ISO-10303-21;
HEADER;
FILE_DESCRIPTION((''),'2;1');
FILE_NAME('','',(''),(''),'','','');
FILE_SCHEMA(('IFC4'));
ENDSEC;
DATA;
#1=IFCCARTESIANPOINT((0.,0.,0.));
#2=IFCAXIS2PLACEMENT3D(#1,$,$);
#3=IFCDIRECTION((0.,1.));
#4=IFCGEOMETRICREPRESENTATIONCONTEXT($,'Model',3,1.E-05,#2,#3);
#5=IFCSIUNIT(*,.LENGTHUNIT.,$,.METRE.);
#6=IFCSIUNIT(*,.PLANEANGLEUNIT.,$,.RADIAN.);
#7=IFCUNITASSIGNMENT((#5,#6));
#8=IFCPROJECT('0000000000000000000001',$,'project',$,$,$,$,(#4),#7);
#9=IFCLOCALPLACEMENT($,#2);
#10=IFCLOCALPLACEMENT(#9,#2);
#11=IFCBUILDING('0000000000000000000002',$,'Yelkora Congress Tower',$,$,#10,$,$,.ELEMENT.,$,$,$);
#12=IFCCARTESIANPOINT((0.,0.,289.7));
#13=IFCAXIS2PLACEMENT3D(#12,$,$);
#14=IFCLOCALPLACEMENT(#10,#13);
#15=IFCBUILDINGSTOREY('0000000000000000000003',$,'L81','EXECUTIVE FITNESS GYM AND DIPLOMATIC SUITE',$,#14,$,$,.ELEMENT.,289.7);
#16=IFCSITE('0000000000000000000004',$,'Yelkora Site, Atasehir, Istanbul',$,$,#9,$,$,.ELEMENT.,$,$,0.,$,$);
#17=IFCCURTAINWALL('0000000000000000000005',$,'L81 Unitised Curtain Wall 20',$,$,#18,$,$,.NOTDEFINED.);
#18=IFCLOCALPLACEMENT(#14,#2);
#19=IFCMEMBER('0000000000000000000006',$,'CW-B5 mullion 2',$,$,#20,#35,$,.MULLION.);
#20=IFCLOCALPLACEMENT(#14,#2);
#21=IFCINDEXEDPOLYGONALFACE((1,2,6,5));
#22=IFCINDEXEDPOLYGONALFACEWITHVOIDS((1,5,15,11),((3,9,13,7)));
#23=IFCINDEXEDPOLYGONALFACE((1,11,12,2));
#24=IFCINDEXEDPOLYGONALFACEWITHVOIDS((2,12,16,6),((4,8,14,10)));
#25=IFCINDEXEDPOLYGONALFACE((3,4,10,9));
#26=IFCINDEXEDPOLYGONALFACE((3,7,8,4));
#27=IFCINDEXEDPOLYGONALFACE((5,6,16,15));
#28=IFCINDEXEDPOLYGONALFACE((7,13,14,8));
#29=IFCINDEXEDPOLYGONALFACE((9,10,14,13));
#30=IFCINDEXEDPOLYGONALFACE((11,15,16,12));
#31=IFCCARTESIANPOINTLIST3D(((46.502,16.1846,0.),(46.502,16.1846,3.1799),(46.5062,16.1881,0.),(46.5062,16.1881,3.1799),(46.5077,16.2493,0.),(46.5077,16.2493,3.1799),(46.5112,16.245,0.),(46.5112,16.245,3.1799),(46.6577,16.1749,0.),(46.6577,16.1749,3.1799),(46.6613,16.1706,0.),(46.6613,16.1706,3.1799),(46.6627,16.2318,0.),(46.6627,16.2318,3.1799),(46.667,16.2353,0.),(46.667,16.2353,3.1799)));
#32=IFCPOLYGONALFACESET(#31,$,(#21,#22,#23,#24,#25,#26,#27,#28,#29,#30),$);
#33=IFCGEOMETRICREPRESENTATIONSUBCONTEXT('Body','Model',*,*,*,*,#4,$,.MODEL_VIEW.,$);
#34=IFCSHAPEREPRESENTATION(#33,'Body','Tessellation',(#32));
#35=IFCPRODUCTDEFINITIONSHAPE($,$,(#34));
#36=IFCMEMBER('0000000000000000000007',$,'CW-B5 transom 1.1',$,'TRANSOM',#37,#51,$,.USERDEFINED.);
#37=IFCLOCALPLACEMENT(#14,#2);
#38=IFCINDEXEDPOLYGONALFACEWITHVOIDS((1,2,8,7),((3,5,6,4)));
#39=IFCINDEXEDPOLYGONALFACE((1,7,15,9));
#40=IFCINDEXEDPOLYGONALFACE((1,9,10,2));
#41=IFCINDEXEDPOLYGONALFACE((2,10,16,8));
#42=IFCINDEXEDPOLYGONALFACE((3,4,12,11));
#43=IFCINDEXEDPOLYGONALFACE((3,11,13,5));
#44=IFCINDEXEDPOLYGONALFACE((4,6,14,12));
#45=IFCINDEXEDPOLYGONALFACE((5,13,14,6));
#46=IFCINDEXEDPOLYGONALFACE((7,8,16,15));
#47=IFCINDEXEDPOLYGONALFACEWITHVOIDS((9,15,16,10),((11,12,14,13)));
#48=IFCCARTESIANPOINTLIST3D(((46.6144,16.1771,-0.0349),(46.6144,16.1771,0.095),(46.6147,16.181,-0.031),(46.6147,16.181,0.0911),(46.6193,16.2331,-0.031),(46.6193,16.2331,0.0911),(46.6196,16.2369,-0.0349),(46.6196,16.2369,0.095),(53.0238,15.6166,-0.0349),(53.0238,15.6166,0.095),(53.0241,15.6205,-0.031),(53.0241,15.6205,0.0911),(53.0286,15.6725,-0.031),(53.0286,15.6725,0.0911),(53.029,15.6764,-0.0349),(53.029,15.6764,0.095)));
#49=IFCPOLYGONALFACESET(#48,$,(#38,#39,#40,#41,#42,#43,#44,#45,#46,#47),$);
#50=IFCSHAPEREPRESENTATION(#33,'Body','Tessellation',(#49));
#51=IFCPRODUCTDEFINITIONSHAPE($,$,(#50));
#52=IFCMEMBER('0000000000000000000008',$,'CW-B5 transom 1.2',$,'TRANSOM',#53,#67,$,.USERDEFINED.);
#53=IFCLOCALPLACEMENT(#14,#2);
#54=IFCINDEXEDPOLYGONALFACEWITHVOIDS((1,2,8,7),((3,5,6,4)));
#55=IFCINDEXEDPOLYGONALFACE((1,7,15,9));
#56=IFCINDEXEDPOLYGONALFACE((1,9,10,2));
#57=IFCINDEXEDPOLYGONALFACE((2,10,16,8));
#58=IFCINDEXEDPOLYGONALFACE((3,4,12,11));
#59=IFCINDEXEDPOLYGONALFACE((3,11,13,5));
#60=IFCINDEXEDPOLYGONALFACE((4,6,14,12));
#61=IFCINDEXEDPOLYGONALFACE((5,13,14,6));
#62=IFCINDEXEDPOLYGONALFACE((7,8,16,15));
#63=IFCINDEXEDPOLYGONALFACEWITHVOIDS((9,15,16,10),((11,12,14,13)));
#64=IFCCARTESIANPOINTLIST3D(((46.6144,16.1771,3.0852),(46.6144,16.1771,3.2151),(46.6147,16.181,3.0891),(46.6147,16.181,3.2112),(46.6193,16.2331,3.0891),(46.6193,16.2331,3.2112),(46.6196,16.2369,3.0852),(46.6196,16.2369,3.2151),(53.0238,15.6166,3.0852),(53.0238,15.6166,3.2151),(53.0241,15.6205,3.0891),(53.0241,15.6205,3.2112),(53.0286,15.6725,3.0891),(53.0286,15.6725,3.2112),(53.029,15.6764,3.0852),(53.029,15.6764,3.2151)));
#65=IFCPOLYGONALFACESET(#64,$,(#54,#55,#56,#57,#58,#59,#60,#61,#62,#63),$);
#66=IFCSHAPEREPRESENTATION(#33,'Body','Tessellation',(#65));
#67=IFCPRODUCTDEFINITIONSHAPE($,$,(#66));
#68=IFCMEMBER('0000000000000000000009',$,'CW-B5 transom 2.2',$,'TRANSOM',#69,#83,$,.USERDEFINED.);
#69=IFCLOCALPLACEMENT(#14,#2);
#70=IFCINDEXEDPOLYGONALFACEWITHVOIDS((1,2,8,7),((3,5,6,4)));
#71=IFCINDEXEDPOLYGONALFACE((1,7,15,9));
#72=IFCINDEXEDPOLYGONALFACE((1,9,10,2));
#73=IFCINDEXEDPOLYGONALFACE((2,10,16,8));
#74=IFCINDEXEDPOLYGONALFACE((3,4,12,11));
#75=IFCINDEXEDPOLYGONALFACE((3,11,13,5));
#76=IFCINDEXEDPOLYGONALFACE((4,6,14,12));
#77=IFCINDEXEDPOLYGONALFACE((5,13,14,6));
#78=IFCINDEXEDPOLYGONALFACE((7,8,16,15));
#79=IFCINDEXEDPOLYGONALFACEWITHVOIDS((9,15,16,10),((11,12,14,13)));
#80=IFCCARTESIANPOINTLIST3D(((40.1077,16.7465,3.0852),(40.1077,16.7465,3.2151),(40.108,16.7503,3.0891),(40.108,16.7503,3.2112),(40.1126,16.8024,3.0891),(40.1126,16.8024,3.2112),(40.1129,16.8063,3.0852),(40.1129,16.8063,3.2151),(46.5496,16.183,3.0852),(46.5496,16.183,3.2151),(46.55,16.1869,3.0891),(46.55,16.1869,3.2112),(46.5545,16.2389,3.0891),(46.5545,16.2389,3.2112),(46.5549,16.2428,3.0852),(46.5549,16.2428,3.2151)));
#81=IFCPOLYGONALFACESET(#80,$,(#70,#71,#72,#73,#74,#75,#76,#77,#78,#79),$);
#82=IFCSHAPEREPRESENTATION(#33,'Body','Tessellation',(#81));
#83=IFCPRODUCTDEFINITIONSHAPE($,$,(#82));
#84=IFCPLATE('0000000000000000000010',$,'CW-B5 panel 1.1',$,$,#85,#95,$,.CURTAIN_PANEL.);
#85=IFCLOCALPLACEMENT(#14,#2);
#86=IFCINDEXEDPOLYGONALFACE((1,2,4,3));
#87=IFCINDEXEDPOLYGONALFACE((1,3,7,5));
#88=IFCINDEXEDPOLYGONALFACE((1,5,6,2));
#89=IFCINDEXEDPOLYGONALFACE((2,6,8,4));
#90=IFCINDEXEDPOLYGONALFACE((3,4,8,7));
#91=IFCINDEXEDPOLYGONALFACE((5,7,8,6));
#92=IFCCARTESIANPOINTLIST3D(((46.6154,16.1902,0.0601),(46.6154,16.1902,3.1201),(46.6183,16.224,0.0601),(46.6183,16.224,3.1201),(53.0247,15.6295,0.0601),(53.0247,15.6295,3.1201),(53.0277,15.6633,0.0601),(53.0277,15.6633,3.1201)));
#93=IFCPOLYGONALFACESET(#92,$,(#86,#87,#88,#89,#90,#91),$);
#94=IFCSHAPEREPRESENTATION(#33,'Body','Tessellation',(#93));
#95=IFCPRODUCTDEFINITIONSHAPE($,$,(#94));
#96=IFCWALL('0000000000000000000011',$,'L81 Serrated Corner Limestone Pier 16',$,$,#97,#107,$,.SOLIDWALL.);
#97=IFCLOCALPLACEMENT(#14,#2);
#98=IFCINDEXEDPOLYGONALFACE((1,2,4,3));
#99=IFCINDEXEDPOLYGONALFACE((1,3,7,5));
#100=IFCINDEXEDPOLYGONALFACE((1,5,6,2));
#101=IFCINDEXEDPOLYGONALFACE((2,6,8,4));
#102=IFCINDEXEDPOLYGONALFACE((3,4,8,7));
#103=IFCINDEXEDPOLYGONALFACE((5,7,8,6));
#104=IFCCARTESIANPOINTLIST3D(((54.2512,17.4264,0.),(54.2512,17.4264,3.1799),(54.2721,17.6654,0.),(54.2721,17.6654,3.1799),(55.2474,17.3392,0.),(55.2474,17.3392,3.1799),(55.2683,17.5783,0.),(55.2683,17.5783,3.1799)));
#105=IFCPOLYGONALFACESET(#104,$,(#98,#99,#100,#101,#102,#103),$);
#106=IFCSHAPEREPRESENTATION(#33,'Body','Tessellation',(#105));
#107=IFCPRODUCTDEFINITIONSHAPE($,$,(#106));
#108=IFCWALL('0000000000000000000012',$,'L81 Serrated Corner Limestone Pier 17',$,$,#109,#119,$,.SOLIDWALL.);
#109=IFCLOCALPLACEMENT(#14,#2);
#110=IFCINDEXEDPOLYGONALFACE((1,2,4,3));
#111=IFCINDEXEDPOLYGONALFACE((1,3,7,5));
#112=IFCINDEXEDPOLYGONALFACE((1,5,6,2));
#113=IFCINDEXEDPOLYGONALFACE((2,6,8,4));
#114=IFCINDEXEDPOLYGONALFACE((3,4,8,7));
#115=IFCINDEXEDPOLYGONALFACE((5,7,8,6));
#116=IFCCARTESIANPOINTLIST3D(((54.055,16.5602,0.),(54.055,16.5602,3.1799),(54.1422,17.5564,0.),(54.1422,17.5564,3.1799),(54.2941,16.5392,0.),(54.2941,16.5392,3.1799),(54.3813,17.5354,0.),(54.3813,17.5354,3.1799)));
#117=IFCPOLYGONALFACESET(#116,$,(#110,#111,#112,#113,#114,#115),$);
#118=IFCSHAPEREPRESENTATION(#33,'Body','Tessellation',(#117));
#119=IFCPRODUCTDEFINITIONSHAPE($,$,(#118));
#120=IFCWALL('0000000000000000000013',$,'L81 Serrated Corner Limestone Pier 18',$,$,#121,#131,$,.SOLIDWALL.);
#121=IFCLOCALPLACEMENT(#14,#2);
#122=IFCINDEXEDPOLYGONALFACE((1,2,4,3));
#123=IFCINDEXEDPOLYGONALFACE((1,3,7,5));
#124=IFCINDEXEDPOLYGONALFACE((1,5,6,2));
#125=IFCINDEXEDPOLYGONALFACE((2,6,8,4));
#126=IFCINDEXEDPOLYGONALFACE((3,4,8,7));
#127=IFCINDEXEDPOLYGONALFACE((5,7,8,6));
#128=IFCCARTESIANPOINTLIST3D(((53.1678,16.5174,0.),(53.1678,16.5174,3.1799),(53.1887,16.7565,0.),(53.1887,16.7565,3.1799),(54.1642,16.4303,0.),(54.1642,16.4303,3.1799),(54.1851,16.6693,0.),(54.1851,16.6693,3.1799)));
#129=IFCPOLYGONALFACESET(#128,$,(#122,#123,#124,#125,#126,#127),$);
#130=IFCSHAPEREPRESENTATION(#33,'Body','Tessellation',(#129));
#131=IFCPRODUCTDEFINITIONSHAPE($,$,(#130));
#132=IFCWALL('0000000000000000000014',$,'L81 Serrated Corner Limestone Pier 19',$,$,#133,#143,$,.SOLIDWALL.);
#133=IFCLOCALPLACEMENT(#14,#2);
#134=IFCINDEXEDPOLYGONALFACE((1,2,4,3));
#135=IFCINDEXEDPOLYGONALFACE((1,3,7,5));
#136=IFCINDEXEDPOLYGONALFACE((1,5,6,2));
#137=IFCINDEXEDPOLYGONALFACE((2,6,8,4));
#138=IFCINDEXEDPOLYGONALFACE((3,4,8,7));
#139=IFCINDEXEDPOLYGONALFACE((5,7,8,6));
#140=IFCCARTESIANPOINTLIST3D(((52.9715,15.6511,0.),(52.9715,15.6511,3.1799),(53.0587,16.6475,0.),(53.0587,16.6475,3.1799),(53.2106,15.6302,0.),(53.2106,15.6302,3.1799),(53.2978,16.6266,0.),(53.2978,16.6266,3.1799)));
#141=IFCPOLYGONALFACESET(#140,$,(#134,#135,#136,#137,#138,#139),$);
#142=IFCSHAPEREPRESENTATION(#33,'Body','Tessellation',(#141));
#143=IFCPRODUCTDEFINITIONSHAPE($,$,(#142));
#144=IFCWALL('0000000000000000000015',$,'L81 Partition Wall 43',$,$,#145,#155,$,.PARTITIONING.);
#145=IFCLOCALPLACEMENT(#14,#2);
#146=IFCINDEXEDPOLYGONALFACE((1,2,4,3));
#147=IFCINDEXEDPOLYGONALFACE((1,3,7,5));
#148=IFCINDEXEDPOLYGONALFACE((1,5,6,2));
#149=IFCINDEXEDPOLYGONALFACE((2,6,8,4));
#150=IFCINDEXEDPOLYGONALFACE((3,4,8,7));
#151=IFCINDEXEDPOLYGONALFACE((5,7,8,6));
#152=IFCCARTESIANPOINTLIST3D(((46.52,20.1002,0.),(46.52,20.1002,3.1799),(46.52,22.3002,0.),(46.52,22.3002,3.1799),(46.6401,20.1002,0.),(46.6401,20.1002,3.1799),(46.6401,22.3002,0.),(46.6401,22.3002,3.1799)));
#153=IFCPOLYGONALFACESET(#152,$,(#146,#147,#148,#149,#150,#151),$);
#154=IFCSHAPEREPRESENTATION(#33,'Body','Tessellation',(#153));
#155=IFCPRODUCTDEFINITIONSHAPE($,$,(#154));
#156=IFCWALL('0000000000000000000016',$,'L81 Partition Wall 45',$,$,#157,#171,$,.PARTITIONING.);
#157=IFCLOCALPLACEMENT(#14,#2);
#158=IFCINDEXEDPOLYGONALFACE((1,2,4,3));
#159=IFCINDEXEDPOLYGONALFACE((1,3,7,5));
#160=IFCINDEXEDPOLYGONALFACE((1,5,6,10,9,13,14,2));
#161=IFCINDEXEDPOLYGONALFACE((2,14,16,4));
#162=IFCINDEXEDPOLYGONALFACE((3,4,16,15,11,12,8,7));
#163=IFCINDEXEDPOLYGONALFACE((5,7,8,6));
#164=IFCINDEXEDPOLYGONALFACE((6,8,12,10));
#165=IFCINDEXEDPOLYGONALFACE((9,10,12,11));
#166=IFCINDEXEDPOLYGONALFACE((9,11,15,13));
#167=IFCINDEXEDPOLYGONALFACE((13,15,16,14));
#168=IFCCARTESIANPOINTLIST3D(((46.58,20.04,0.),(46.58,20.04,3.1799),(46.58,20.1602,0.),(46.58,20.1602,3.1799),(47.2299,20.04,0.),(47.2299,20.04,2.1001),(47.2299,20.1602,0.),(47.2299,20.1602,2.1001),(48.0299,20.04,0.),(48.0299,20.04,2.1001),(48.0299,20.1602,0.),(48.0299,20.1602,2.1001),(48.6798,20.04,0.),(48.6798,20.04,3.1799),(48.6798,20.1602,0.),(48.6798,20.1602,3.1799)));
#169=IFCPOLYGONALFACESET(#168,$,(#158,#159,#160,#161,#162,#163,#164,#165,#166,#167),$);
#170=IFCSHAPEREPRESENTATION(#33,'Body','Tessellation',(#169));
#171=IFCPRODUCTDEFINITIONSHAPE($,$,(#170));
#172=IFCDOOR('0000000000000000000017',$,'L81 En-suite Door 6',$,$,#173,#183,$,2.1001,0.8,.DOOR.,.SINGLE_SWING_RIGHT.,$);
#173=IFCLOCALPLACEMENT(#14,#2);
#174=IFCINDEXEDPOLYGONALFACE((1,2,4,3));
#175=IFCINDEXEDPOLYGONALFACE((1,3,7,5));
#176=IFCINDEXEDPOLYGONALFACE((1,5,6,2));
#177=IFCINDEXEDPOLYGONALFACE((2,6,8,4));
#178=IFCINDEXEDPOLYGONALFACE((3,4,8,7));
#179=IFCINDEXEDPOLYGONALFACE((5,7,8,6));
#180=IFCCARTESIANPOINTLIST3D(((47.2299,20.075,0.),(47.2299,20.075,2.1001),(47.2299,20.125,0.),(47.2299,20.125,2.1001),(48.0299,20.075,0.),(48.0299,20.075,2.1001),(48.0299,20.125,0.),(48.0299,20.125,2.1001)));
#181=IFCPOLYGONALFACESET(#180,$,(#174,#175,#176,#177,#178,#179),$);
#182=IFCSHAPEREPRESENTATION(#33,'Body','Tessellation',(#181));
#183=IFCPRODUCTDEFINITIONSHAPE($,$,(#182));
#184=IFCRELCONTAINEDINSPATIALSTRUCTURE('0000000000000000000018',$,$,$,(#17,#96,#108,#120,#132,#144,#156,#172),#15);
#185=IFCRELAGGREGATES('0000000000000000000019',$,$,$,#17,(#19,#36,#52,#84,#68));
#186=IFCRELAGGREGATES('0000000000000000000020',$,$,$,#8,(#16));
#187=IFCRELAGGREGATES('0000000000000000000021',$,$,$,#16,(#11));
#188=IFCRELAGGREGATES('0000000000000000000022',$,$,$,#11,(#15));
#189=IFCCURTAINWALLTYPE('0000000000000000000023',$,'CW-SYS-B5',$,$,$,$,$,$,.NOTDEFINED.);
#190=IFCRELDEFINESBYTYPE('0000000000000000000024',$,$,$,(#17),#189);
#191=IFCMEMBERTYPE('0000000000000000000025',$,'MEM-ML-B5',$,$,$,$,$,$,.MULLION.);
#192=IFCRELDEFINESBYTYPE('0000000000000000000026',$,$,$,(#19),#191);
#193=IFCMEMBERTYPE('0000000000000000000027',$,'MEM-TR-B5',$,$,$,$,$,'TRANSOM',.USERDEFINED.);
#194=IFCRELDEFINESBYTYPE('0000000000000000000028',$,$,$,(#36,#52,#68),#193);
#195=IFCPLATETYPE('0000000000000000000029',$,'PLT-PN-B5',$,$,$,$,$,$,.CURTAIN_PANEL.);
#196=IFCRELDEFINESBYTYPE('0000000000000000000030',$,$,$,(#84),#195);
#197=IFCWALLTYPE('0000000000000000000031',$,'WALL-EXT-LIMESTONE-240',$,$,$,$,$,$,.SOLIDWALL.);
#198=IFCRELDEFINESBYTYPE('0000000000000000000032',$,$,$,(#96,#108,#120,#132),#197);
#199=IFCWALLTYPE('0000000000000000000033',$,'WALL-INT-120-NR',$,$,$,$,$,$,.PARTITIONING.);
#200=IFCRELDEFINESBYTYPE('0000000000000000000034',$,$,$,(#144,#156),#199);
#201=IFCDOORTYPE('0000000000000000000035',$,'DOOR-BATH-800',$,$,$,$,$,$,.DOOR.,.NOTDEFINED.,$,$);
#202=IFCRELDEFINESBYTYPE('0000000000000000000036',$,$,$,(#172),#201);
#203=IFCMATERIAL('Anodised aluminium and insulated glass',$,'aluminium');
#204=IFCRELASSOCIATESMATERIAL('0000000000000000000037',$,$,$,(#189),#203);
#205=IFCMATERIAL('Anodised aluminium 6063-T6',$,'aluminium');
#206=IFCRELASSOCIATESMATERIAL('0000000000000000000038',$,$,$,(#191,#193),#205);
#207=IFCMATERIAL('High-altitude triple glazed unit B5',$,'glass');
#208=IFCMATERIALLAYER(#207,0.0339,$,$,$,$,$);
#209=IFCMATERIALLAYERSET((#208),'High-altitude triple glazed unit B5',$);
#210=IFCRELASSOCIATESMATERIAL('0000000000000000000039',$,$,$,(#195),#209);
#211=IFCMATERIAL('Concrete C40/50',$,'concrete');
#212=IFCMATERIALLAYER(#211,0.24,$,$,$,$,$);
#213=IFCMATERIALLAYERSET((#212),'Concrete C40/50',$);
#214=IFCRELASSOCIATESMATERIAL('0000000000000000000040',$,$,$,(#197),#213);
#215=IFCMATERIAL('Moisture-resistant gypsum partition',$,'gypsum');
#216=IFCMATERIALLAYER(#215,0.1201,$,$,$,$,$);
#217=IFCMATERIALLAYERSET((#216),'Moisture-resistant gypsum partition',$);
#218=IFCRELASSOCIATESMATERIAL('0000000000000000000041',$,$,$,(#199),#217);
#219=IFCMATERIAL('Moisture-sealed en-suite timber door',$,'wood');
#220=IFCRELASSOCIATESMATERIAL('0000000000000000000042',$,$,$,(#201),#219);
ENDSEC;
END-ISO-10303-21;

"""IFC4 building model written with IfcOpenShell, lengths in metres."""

from ifc_helpers import new_model, si_unit, direction, frame, frame_2d, origin, origin_2d, place, context, subcontext, project, spatial, rectangle, hollow_rectangle, extrude, material, layer, layer_set, material_profile, profile_set, type_object, element, fill, aggregate, save


model = new_model("IFC4")

# Units and contexts
model_context = context("Model", 3, precision=1e-05, world=origin(), true_north=direction((0.0, 1.0)))
body_context = subcontext(model_context, "Body", "Model", "MODEL_VIEW")
ifc_project = project(units=[si_unit("LENGTHUNIT", "METRE"), si_unit("PLANEANGLEUNIT", "RADIAN")], contexts=[model_context])

# Site, building, storey
site_placement = place(None, origin())
site = spatial("IfcSite", under=ifc_project, at=site_placement, Name="Yelkora Site, Atasehir, Istanbul", CompositionType="ELEMENT", RefElevation=0.0)
building_placement = place(site_placement, origin())
building = spatial("IfcBuilding", under=site, at=building_placement, Name="Yelkora Congress Tower", CompositionType="ELEMENT")
storey_placement = place(building_placement, frame((0.0, 0.0, 289.7)))
storey = spatial("IfcBuildingStorey", under=building, at=storey_placement, Name="L81", Description="EXECUTIVE FITNESS GYM AND DIPLOMATIC SUITE", CompositionType="ELEMENT", Elevation=289.7)

# Shared definitions
ifc_material_1 = material(Name="Anodised aluminium and insulated glass", Category="aluminium")
curtain_wall_type = type_object("IfcCurtainWallType", Name="CW-SYS-B5", PredefinedType="NOTDEFINED", material=ifc_material_1)
ifc_material_2 = material(Name="Anodised aluminium 6063-T6", Category="aluminium")
ifc_material_profile_1 = material_profile(ifc_material_2, hollow_rectangle(XDim=0.0649, YDim=0.1599, WallThickness=0.0039, at=origin_2d()), Name="ALU 65x160x4")
ifc_profile_set_1 = profile_set([ifc_material_profile_1], Name="Anodised aluminium 6063-T6")
member_type_1 = type_object("IfcMemberType", Name="MEM-ML-B5", PredefinedType="MULLION", material=ifc_profile_set_1)

# Curtain wall, members, plate
curtain_wall_1_placement = place(storey_placement, origin())
curtain_wall_1 = element("IfcCurtainWall", 1, at=curtain_wall_1_placement, inside=storey, type_object=curtain_wall_type, Name="L81 Unitised Curtain Wall 20", PredefinedType="NOTDEFINED")
member_1_placement = place(storey_placement, frame((46.5845, 16.21, 0.0), z_axis=(0.0, 0.0, 1.0), x_axis=(-0.087157, -0.996195, 0.0)))
member_1 = element("IfcMember", 2, at=member_1_placement, type_object=member_type_1, Name="CW-B5 mullion 2", PredefinedType="MULLION", context=body_context, shape_type="SweptSolid", body=[
    extrude(hollow_rectangle(XDim=0.0649, YDim=0.1599, WallThickness=0.0039, at=origin_2d()), origin(), (0.0, 0.0, 1.0), 3.1799),
])
ifc_material_profile_2 = material_profile(ifc_material_2, hollow_rectangle(XDim=0.0601, YDim=0.1299, WallThickness=0.0039, at=origin_2d()), Name="ALU 60x130x4")
ifc_profile_set_2 = profile_set([ifc_material_profile_2], Name="Anodised aluminium 6063-T6")
member_type_2 = type_object("IfcMemberType", Name="MEM-TR-B5", ElementType="TRANSOM", PredefinedType="USERDEFINED", material=ifc_profile_set_2)
member_2_placement = place(storey_placement, frame((53.0264, 15.6465, 0.03), z_axis=(-0.996197, 0.087124, 0.0), x_axis=(-0.087124, -0.996197, 0.0)))
member_2 = element("IfcMember", 3, at=member_2_placement, type_object=member_type_2, Name="CW-B5 transom 1.1", ObjectType="TRANSOM", PredefinedType="USERDEFINED", context=body_context, shape_type="SweptSolid", body=[
    extrude(hollow_rectangle(XDim=0.0601, YDim=0.1299, WallThickness=0.0039, at=origin_2d()), origin(), (0.0, 0.0, 1.0), 6.4338),
])
member_3_placement = place(storey_placement, frame((53.0264, 15.6465, 3.1501), z_axis=(-0.996197, 0.087124, 0.0), x_axis=(-0.087124, -0.996197, 0.0)))
member_3 = element("IfcMember", 4, at=member_3_placement, type_object=member_type_2, Name="CW-B5 transom 1.2", ObjectType="TRANSOM", PredefinedType="USERDEFINED", context=body_context, shape_type="SweptSolid", body=[
    extrude(hollow_rectangle(XDim=0.0601, YDim=0.1299, WallThickness=0.0039, at=origin_2d()), origin(), (0.0, 0.0, 1.0), 6.4338),
])
member_4_placement = place(storey_placement, frame((46.5522, 16.2129, 3.1501), z_axis=(-0.996196, 0.087138, 0.0), x_axis=(-0.087138, -0.996196, 0.0)))
member_4 = element("IfcMember", 5, at=member_4_placement, type_object=member_type_2, Name="CW-B5 transom 2.2", ObjectType="TRANSOM", PredefinedType="USERDEFINED", context=body_context, shape_type="SweptSolid", body=[
    extrude(hollow_rectangle(XDim=0.0601, YDim=0.1299, WallThickness=0.0039, at=origin_2d()), origin(), (0.0, 0.0, 1.0), 6.4666),
])
ifc_material_3 = material(Name="High-altitude triple glazed unit B5", Category="glass")
ifc_layer_1 = layer(ifc_material_3, 0.0339)
ifc_layer_set_1 = layer_set([ifc_layer_1], Name="High-altitude triple glazed unit B5")
plate_type = type_object("IfcPlateType", Name="PLT-PN-B5", PredefinedType="CURTAIN_PANEL", material=ifc_layer_set_1)
plate_placement = place(storey_placement, frame((49.8215, 15.9268, 0.0601), z_axis=(0.0, 0.0, 1.0), x_axis=(-0.996195, 0.087157, 0.0)))
plate = element("IfcPlate", 6, at=plate_placement, type_object=plate_type, Name="CW-B5 panel 1.1", PredefinedType="CURTAIN_PANEL", context=body_context, shape_type="SweptSolid", body=[
    extrude(rectangle(XDim=6.4338, YDim=0.0339, at=origin_2d()), origin(), (0.0, 0.0, 1.0), 3.0601),
])
aggregate(curtain_wall_1, [member_1, member_2, member_3, plate, member_4])

# Walls
ifc_material_4 = material(Name="Concrete C40/50", Category="concrete")
ifc_layer_2 = layer(ifc_material_4, 0.24)
ifc_layer_set_2 = layer_set([ifc_layer_2], Name="Concrete C40/50")
wall_type_1 = type_object("IfcWallType", Name="WALL-EXT-LIMESTONE-240", PredefinedType="SOLIDWALL", material=ifc_layer_set_2)
for number, where, z_axis, x_axis, name in (
    (7, (55.2578, 17.4587, 0.0), (0.0, 0.0, 1.0), (-0.996194, 0.087167, 0.0), "L81 Serrated Corner Limestone Pier 16"),
    (8, (54.2617, 17.5459, 0.0), (0.0, 0.0, 1.0), (-0.087167, -0.996194, 0.0), "L81 Serrated Corner Limestone Pier 17"),
):
    element("IfcWall", number, at=place(storey_placement, frame(where, z_axis=z_axis, x_axis=x_axis)), inside=storey, type_object=wall_type_1, Name=name, PredefinedType="SOLIDWALL", context=body_context, shape_type="SweptSolid", body=[
        extrude(rectangle(XDim=1.0, YDim=0.24, at=frame_2d((0.5, 0.0))), origin(), (0.0, 0.0, 1.0), 3.1799),
    ])
for number, where, z_axis, x_axis, name in (
    (9, (54.1746, 16.5498, 0.0), (0.0, 0.0, 1.0), (-0.996196, 0.087146, 0.0), "L81 Serrated Corner Limestone Pier 18"),
    (10, (53.1782, 16.637, 0.0), (0.0, 0.0, 1.0), (-0.087146, -0.996196, 0.0), "L81 Serrated Corner Limestone Pier 19"),
):
    element("IfcWall", number, at=place(storey_placement, frame(where, z_axis=z_axis, x_axis=x_axis)), inside=storey, type_object=wall_type_1, Name=name, PredefinedType="SOLIDWALL", context=body_context, shape_type="SweptSolid", body=[
        extrude(rectangle(XDim=1.0002, YDim=0.24, at=frame_2d((0.5, 0.0))), origin(), (0.0, 0.0, 1.0), 3.1799),
    ])
ifc_material_5 = material(Name="Moisture-resistant gypsum partition", Category="gypsum")
ifc_layer_3 = layer(ifc_material_5, 0.1201)
ifc_layer_set_3 = layer_set([ifc_layer_3], Name="Moisture-resistant gypsum partition")
wall_type_2 = type_object("IfcWallType", Name="WALL-INT-120-NR", PredefinedType="PARTITIONING", material=ifc_layer_set_3)
wall_1_placement = place(storey_placement, frame((46.5801, 20.1001, 0.0), z_axis=(0.0, 0.0, 1.0), x_axis=(0.0, 1.0, 0.0)))
element("IfcWall", 11, at=wall_1_placement, inside=storey, type_object=wall_type_2, Name="L81 Partition Wall 43", PredefinedType="PARTITIONING", context=body_context, shape_type="SweptSolid", body=[
    extrude(rectangle(XDim=2.2, YDim=0.1201, at=frame_2d((1.1001, 0.0))), origin(), (0.0, 0.0, 1.0), 3.1799),
])

# Wall, opening, door
wall_2_placement = place(storey_placement, frame((46.5801, 20.1001, 0.0), z_axis=(0.0, 0.0, 1.0), x_axis=(1.0, 0.0, 0.0)))
wall_2 = element("IfcWall", 12, at=wall_2_placement, inside=storey, type_object=wall_type_2, Name="L81 Partition Wall 45", PredefinedType="PARTITIONING", context=body_context, shape_type="SweptSolid", body=[
    extrude(rectangle(XDim=2.0999, YDim=0.1201, at=frame_2d((1.0498, 0.0))), origin(), (0.0, 0.0, 1.0), 3.1799),
])
opening_placement = place(wall_2_placement, frame((0.6499, 0.0, 0.0)))
opening = element("IfcOpeningElement", 13, at=opening_placement, cuts=wall_2, PredefinedType="OPENING", context=body_context, shape_type="SweptSolid", body=[
    extrude(rectangle(XDim=0.8, YDim=2.1001, at=frame_2d((0.3999, 1.05))), frame((0.0, 0.0701, 0.0), z_axis=(0.0, -1.0, 0.0), x_axis=(1.0, 0.0, 0.0)), (0.0, 0.0, 1.0), 0.1401),
])
ifc_material_6 = material(Name="Moisture-sealed en-suite timber door", Category="wood")
door_type = type_object("IfcDoorType", Name="DOOR-BATH-800", OperationType="NOTDEFINED", PredefinedType="DOOR", material=ifc_material_6)
door_placement = place(opening_placement, origin())
door = element("IfcDoor", 14, at=door_placement, inside=storey, type_object=door_type, Name="L81 En-suite Door 6", OperationType="SINGLE_SWING_RIGHT", OverallHeight=2.1001, OverallWidth=0.8, PredefinedType="DOOR", context=body_context, shape_type="SweptSolid", body=[
    extrude(rectangle(XDim=0.8, YDim=2.1001, at=frame_2d((0.3999, 1.05))), frame((0.0, 0.0249, 0.0), z_axis=(0.0, -1.0, 0.0), x_axis=(1.0, 0.0, 0.0)), (0.0, 0.0, 1.0), 0.05),
])
fill(opening, door)

save(model, "model.ifc")
